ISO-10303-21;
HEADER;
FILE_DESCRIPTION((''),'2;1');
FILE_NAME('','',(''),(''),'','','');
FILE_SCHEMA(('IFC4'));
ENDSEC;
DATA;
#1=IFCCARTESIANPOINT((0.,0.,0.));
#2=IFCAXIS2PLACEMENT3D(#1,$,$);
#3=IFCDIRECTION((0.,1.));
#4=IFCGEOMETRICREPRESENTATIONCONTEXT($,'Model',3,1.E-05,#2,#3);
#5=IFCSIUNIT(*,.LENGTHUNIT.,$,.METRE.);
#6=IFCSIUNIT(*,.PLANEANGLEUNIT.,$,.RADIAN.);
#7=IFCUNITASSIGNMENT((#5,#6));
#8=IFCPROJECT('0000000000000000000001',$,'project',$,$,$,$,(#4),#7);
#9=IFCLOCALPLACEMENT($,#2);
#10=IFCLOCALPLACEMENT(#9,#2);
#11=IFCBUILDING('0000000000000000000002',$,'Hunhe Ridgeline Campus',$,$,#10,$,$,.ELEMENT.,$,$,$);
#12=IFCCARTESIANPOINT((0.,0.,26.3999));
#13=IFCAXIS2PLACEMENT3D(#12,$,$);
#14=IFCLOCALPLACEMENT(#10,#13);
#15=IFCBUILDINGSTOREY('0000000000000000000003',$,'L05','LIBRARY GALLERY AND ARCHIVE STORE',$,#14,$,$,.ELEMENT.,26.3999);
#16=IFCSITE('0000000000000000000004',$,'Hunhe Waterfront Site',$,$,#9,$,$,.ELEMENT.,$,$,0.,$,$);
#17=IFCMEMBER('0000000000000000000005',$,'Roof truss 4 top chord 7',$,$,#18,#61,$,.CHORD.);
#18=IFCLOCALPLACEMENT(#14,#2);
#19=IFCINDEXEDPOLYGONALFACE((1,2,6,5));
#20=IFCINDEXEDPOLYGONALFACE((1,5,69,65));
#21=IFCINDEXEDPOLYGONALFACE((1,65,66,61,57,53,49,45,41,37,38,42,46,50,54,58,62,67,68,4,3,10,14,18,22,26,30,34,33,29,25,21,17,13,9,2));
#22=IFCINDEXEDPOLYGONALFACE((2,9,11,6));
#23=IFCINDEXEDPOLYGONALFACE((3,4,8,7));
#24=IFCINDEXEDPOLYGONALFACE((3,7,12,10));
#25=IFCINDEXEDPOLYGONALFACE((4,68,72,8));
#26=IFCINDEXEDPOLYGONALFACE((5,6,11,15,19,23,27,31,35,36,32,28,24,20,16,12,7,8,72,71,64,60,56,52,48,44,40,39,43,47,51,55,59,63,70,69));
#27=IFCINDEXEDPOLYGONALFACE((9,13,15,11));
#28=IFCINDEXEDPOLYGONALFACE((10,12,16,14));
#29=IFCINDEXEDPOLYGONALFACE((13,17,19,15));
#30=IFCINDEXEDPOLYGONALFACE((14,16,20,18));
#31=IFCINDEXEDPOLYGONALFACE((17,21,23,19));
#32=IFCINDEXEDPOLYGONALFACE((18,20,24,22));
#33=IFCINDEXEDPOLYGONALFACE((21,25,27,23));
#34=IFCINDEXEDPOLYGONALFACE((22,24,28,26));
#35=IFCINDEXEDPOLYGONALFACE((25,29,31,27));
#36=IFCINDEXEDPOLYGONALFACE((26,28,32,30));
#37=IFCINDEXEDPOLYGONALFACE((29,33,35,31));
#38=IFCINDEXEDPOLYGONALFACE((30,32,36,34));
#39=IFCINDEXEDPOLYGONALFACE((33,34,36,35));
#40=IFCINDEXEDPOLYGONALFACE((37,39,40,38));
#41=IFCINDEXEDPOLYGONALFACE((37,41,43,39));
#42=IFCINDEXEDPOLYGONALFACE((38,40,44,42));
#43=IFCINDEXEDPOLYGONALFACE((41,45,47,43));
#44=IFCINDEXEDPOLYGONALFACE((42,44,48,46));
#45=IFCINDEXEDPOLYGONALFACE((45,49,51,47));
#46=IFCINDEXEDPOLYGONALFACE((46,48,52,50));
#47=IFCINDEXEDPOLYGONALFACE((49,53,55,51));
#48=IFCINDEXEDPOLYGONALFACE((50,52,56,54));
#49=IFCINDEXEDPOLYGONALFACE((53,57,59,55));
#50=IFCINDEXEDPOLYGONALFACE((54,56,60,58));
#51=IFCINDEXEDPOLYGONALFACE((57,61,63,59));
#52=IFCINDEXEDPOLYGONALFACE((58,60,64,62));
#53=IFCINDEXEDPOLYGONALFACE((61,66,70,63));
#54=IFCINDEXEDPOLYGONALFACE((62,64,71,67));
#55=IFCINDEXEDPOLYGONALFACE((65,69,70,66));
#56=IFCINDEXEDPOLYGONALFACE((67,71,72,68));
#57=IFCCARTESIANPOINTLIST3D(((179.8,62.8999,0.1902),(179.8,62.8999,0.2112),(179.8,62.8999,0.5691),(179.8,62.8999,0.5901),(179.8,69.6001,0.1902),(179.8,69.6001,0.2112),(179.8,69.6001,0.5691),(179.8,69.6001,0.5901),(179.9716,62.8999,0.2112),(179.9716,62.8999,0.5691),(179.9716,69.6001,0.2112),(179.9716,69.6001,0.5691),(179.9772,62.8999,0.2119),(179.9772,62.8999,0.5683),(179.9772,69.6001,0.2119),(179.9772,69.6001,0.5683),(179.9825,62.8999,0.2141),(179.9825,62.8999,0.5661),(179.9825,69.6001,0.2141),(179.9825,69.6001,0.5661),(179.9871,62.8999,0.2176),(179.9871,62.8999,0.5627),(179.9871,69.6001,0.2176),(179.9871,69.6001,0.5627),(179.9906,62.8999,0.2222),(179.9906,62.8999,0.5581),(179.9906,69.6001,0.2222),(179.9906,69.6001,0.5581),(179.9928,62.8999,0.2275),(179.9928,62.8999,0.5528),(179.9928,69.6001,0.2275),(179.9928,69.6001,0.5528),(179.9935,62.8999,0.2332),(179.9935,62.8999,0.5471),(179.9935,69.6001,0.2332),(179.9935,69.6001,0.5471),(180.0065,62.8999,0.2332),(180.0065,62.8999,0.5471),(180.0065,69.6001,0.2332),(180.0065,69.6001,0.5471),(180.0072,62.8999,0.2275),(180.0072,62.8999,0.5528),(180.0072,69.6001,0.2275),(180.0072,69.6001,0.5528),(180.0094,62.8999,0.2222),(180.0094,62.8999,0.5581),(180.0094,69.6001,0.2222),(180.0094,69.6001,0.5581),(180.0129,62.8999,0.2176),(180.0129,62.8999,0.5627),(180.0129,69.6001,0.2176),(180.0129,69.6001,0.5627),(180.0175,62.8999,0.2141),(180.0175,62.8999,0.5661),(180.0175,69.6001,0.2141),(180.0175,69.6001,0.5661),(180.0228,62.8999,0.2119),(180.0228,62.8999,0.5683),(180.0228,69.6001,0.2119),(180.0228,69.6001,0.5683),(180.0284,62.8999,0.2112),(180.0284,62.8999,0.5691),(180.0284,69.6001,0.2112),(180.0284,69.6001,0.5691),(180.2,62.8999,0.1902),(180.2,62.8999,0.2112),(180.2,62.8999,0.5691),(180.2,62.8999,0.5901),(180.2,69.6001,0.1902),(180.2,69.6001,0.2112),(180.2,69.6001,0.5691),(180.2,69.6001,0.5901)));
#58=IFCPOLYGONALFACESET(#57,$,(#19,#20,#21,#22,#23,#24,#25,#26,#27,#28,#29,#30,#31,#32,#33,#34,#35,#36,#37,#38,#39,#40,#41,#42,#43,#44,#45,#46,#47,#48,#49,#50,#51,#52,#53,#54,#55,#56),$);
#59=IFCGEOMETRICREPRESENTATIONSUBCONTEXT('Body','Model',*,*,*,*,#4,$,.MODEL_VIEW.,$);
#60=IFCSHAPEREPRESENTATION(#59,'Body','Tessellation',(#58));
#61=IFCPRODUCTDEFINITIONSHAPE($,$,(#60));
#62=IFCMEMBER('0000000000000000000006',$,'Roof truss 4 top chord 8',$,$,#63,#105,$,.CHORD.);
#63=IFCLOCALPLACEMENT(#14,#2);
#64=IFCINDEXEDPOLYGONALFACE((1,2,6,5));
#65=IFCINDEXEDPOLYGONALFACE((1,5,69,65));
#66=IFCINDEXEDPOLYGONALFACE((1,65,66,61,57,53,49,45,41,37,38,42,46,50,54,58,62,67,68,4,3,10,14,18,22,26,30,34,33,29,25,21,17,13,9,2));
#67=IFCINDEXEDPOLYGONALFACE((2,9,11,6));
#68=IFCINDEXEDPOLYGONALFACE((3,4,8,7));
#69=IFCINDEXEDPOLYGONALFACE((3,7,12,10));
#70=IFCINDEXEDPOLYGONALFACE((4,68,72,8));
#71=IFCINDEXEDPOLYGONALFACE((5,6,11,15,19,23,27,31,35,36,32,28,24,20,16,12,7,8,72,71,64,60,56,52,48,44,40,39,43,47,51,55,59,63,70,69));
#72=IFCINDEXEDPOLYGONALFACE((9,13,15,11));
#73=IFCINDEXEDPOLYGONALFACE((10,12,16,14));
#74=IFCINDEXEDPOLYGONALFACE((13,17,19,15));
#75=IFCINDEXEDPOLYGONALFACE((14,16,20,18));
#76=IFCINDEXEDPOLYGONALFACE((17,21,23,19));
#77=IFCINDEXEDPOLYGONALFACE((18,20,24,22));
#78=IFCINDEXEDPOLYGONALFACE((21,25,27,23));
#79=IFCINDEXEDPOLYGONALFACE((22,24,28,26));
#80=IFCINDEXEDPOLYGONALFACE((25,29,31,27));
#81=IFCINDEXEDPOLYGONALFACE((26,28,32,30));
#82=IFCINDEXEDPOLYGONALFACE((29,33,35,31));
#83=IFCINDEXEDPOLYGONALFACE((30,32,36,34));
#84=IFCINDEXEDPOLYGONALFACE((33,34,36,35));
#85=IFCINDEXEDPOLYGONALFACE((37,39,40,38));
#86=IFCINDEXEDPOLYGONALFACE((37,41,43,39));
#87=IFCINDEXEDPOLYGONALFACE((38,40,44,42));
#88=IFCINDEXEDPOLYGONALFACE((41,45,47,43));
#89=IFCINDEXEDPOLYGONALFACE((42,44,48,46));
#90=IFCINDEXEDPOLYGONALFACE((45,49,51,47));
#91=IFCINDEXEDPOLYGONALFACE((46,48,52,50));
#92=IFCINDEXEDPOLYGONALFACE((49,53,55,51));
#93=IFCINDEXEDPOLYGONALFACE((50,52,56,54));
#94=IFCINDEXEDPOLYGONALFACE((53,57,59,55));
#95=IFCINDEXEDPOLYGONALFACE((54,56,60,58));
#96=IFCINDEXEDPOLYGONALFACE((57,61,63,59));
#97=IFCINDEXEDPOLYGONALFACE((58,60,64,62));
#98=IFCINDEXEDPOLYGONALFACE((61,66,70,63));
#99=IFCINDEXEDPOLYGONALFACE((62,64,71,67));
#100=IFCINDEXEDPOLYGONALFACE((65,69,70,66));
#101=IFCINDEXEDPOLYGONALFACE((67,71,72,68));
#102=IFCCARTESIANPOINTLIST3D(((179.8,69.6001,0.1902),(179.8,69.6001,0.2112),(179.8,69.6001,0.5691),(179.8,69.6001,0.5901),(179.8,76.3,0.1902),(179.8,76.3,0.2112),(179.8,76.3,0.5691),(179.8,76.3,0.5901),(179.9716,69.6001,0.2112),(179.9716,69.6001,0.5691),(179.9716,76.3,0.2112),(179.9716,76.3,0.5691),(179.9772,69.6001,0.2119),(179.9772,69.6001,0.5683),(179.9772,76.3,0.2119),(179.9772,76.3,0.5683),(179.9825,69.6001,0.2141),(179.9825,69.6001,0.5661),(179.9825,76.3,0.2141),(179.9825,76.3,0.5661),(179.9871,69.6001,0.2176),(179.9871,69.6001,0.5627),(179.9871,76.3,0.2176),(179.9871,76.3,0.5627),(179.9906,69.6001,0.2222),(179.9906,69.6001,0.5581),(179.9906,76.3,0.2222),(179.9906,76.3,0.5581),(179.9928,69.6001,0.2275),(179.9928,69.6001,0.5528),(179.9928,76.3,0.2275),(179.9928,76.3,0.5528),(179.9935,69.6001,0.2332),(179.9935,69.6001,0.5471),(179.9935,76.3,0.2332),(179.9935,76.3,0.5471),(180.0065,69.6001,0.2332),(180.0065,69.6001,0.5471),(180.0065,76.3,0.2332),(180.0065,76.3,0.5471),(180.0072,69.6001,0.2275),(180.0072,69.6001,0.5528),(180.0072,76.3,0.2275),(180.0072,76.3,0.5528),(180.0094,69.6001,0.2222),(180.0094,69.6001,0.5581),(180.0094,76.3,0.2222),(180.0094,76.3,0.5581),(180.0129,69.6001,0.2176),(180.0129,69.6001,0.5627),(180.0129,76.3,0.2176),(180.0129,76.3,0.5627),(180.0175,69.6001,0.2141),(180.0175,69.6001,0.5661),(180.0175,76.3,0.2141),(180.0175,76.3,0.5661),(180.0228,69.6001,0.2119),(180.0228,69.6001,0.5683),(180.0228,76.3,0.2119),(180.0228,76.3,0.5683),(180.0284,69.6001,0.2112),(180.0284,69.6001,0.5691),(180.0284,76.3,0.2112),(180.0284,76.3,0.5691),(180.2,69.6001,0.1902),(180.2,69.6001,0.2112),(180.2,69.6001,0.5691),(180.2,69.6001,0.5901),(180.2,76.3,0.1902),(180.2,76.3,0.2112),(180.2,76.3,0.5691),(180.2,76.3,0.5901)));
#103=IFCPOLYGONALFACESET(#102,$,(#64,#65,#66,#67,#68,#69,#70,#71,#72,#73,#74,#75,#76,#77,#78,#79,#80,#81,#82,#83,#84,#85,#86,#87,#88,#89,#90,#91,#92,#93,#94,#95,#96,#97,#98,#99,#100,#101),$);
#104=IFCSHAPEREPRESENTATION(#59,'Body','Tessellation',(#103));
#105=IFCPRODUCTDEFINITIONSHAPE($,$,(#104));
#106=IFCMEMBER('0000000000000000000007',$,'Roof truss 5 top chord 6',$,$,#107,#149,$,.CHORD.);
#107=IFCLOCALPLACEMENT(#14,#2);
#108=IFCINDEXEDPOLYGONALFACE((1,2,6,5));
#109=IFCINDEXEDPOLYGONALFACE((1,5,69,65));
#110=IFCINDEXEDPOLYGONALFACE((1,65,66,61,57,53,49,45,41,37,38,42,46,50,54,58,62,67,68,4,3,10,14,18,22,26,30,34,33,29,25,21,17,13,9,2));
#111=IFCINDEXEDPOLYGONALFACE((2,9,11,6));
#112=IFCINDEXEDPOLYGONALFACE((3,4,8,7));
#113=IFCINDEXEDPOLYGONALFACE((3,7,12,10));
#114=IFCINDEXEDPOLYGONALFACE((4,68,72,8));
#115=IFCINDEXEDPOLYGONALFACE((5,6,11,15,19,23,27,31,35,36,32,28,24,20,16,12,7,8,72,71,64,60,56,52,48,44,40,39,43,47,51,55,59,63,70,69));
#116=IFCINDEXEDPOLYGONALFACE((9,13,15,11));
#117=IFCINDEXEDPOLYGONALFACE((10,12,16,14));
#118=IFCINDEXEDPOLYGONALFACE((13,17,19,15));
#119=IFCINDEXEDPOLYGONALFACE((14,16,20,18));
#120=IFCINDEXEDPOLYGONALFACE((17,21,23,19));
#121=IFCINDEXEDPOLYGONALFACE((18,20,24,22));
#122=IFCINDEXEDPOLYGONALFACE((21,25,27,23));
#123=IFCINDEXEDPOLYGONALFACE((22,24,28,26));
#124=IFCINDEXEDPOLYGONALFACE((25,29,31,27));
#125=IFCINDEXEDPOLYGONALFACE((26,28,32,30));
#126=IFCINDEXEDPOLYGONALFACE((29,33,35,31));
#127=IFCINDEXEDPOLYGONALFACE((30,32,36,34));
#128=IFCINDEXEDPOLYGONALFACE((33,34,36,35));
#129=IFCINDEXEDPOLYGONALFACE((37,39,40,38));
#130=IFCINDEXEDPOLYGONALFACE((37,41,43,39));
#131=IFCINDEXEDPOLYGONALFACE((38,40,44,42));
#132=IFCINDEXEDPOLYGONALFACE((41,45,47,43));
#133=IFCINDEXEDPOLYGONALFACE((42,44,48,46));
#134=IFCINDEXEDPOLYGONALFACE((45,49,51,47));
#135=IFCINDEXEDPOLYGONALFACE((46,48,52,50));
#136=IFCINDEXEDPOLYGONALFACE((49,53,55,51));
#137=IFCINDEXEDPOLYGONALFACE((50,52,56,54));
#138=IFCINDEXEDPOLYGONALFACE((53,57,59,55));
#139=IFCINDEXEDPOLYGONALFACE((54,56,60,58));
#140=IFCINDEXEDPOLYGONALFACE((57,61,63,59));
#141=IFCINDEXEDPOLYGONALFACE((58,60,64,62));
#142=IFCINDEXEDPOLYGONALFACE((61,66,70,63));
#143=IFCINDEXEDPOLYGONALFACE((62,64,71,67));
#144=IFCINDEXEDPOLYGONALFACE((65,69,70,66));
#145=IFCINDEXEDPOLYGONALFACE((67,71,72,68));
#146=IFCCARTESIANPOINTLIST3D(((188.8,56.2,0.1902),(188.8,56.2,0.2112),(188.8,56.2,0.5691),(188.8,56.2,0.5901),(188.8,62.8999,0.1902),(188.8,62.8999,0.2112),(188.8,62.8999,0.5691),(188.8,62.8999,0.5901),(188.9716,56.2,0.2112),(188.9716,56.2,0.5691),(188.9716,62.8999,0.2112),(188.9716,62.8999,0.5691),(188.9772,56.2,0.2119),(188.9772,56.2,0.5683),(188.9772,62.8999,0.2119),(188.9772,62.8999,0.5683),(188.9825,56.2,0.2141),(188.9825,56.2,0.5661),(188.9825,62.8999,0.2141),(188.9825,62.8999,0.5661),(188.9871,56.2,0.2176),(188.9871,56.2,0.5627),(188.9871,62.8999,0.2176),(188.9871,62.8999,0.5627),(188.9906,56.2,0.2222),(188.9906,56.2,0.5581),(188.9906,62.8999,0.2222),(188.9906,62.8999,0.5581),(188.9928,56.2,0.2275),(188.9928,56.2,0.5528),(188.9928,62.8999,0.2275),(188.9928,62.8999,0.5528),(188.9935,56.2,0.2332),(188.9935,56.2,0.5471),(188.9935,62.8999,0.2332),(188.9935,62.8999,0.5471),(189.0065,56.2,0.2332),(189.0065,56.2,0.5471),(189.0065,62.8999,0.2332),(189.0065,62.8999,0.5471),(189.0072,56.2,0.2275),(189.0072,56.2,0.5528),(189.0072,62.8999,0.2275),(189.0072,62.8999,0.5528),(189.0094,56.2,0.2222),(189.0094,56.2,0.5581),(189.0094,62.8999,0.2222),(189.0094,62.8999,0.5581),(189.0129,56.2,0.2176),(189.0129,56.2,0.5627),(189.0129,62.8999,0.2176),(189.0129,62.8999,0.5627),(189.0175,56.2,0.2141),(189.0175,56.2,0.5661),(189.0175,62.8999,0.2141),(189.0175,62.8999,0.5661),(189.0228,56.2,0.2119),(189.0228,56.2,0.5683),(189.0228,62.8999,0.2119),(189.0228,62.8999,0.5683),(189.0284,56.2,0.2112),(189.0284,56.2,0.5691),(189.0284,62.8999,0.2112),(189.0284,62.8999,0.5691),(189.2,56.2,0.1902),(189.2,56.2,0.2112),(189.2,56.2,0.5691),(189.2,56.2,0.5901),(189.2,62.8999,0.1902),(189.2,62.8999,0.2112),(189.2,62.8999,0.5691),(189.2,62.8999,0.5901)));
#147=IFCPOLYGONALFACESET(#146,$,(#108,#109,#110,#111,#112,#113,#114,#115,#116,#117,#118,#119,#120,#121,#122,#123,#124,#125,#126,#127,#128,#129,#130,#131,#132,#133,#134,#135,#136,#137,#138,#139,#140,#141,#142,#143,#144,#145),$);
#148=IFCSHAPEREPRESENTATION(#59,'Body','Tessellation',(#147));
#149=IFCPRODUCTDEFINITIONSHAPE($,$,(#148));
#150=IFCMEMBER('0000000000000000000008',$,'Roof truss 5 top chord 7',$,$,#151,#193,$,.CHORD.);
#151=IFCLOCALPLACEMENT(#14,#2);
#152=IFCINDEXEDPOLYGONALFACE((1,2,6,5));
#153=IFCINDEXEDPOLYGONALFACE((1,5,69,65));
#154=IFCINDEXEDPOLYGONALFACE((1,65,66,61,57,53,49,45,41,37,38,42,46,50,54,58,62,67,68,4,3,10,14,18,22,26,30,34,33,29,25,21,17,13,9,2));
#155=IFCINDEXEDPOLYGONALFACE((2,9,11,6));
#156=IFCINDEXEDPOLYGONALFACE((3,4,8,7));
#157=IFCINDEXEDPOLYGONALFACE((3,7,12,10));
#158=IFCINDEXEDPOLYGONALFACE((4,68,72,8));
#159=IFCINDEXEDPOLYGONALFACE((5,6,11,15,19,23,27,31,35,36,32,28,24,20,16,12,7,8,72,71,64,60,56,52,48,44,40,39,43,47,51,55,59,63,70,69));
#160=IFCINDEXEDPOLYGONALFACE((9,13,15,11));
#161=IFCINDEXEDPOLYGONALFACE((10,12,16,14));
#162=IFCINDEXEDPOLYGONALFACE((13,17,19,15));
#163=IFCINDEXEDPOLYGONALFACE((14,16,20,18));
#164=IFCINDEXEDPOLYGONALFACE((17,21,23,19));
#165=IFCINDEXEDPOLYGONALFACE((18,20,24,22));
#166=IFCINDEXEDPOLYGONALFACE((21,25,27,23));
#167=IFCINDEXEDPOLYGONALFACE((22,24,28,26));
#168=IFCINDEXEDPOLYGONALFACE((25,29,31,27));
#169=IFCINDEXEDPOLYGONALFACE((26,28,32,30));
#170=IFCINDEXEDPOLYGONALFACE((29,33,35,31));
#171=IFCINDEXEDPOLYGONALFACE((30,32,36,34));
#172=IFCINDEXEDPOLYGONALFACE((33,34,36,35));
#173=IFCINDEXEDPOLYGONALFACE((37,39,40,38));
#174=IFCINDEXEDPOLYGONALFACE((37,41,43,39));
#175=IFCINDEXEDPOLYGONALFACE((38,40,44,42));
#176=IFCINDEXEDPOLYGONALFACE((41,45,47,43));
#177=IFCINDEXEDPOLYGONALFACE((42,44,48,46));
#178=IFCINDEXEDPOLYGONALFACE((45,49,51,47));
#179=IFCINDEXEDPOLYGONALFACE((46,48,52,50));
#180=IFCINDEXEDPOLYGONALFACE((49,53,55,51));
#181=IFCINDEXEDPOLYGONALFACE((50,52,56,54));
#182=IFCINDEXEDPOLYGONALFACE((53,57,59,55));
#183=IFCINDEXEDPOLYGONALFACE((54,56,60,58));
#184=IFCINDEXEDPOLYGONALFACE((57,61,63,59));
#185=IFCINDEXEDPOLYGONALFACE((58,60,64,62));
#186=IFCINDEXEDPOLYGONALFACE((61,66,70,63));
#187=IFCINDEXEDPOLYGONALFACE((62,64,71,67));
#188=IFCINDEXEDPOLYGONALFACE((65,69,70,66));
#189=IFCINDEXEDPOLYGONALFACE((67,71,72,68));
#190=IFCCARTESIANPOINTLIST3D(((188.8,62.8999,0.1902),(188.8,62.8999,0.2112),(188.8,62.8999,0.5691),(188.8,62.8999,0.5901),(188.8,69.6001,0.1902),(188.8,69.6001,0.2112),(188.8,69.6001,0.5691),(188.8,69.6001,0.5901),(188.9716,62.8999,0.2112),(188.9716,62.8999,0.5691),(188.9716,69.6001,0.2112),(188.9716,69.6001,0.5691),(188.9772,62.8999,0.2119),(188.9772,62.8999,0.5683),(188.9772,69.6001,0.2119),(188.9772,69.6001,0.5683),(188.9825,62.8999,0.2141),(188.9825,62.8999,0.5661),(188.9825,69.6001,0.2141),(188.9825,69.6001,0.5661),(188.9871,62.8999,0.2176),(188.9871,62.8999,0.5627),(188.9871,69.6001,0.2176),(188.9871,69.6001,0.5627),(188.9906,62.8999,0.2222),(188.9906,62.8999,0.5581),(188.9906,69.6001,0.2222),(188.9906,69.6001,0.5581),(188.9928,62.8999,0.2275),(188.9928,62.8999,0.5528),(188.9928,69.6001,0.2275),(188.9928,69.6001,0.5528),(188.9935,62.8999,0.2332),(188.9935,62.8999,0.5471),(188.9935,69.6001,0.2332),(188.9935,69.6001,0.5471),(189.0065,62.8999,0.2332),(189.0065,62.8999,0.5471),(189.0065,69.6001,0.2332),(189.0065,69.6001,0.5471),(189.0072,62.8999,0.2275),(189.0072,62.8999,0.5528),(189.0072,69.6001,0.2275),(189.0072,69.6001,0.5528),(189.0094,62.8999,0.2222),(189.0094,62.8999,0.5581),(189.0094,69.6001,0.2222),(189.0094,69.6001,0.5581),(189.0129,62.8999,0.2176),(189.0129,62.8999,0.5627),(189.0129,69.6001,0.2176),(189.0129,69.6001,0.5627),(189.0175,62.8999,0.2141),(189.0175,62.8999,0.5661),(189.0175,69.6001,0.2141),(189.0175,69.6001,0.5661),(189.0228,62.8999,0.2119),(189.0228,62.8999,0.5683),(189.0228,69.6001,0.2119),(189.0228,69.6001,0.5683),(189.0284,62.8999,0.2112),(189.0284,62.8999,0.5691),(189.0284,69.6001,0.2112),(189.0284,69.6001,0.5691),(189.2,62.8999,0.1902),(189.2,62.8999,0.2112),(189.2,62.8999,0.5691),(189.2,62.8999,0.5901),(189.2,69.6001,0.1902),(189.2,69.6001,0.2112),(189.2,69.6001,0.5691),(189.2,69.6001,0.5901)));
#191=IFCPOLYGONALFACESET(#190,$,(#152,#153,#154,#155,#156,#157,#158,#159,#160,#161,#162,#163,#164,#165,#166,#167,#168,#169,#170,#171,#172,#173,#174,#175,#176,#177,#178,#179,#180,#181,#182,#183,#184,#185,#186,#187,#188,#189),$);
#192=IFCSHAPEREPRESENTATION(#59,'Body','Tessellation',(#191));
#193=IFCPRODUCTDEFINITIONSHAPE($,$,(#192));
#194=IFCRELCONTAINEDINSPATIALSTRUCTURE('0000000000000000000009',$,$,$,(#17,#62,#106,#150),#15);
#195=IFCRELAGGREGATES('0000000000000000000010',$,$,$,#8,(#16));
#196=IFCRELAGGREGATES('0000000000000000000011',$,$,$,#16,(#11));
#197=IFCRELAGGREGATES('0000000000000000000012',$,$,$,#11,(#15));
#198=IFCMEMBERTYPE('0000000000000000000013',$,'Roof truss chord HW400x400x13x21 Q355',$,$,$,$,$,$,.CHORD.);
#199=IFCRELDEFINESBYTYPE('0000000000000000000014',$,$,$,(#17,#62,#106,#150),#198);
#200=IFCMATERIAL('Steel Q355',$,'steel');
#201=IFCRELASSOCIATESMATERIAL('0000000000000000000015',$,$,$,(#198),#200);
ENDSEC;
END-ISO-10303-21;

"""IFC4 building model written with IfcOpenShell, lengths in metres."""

from ifc_helpers import new_model, si_unit, direction, frame, origin, origin_2d, place, context, subcontext, project, spatial, i_section, extrude, material, material_profile, profile_set, type_object, element, save


model = new_model("IFC4")

# Units and contexts
model_context = context("Model", 3, precision=1e-05, world=origin(), true_north=direction((0.0, 1.0)))
body_context = subcontext(model_context, "Body", "Model", "MODEL_VIEW")
ifc_project = project(units=[si_unit("LENGTHUNIT", "METRE"), si_unit("PLANEANGLEUNIT", "RADIAN")], contexts=[model_context])

# Site, building, storey
site_placement = place(None, origin())
site = spatial("IfcSite", under=ifc_project, at=site_placement, Name="Hunhe Waterfront Site", CompositionType="ELEMENT", RefElevation=0.0)
building_placement = place(site_placement, origin())
building = spatial("IfcBuilding", under=site, at=building_placement, Name="Hunhe Ridgeline Campus", CompositionType="ELEMENT")
storey_placement = place(building_placement, frame((0.0, 0.0, 26.3999)))
storey = spatial("IfcBuildingStorey", under=building, at=storey_placement, Name="L05", Description="LIBRARY GALLERY AND ARCHIVE STORE", CompositionType="ELEMENT", Elevation=26.3999)

# Members
ifc_material = material(Name="Steel Q355", Category="steel")
ifc_material_profile_1 = material_profile(ifc_material, i_section(OverallWidth=0.3999, OverallDepth=0.3999, WebThickness=0.0129, FlangeThickness=0.021, FilletRadius=0.022, at=origin_2d()))
ifc_profile_set_1 = profile_set([ifc_material_profile_1], Name="Steel Q355")
member_type_1 = type_object("IfcMemberType", Name="Roof truss chord HW400x400x13x21 Q355", PredefinedType="CHORD", material=ifc_profile_set_1)
member_1_placement = place(storey_placement, frame((180.0, 62.8999, 0.3901), z_axis=(0.0, 1.0, 0.0), x_axis=(-1.0, 0.0, 0.0)))
element("IfcMember", 1, at=member_1_placement, inside=storey, type_object=member_type_1, Name="Roof truss 4 top chord 7", PredefinedType="CHORD", context=body_context, shape_type="SweptSolid", body=[
    extrude(i_section(OverallWidth=0.3999, OverallDepth=0.3999, WebThickness=0.0129, FlangeThickness=0.021, FilletRadius=0.022, at=origin_2d()), origin(), (0.0, 0.0, 1.0), 6.7002),
])
for number, where, z_axis, x_axis, name in (
    (2, (180.0, 69.6001, 0.3901), (0.0, 1.0, 0.0), (-1.0, 0.0, 0.0), "Roof truss 4 top chord 8"),
    (3, (189.0, 56.2, 0.3901), (0.0, 1.0, 0.0), (-1.0, 0.0, 0.0), "Roof truss 5 top chord 6"),
):
    element("IfcMember", number, at=place(storey_placement, frame(where, z_axis=z_axis, x_axis=x_axis)), inside=storey, type_object=member_type_1, Name=name, PredefinedType="CHORD", context=body_context, shape_type="SweptSolid", body=[
        extrude(i_section(OverallWidth=0.3999, OverallDepth=0.3999, WebThickness=0.0129, FlangeThickness=0.021, FilletRadius=0.022, at=origin_2d()), origin(), (0.0, 0.0, 1.0), 6.7),
    ])
member_2_placement = place(storey_placement, frame((189.0, 62.8999, 0.3901), z_axis=(0.0, 1.0, 0.0), x_axis=(-1.0, 0.0, 0.0)))
element("IfcMember", 4, at=member_2_placement, inside=storey, type_object=member_type_1, Name="Roof truss 5 top chord 7", PredefinedType="CHORD", context=body_context, shape_type="SweptSolid", body=[
    extrude(i_section(OverallWidth=0.3999, OverallDepth=0.3999, WebThickness=0.0129, FlangeThickness=0.021, FilletRadius=0.022, at=origin_2d()), origin(), (0.0, 0.0, 1.0), 6.7002),
])

save(model, "model.ifc")
